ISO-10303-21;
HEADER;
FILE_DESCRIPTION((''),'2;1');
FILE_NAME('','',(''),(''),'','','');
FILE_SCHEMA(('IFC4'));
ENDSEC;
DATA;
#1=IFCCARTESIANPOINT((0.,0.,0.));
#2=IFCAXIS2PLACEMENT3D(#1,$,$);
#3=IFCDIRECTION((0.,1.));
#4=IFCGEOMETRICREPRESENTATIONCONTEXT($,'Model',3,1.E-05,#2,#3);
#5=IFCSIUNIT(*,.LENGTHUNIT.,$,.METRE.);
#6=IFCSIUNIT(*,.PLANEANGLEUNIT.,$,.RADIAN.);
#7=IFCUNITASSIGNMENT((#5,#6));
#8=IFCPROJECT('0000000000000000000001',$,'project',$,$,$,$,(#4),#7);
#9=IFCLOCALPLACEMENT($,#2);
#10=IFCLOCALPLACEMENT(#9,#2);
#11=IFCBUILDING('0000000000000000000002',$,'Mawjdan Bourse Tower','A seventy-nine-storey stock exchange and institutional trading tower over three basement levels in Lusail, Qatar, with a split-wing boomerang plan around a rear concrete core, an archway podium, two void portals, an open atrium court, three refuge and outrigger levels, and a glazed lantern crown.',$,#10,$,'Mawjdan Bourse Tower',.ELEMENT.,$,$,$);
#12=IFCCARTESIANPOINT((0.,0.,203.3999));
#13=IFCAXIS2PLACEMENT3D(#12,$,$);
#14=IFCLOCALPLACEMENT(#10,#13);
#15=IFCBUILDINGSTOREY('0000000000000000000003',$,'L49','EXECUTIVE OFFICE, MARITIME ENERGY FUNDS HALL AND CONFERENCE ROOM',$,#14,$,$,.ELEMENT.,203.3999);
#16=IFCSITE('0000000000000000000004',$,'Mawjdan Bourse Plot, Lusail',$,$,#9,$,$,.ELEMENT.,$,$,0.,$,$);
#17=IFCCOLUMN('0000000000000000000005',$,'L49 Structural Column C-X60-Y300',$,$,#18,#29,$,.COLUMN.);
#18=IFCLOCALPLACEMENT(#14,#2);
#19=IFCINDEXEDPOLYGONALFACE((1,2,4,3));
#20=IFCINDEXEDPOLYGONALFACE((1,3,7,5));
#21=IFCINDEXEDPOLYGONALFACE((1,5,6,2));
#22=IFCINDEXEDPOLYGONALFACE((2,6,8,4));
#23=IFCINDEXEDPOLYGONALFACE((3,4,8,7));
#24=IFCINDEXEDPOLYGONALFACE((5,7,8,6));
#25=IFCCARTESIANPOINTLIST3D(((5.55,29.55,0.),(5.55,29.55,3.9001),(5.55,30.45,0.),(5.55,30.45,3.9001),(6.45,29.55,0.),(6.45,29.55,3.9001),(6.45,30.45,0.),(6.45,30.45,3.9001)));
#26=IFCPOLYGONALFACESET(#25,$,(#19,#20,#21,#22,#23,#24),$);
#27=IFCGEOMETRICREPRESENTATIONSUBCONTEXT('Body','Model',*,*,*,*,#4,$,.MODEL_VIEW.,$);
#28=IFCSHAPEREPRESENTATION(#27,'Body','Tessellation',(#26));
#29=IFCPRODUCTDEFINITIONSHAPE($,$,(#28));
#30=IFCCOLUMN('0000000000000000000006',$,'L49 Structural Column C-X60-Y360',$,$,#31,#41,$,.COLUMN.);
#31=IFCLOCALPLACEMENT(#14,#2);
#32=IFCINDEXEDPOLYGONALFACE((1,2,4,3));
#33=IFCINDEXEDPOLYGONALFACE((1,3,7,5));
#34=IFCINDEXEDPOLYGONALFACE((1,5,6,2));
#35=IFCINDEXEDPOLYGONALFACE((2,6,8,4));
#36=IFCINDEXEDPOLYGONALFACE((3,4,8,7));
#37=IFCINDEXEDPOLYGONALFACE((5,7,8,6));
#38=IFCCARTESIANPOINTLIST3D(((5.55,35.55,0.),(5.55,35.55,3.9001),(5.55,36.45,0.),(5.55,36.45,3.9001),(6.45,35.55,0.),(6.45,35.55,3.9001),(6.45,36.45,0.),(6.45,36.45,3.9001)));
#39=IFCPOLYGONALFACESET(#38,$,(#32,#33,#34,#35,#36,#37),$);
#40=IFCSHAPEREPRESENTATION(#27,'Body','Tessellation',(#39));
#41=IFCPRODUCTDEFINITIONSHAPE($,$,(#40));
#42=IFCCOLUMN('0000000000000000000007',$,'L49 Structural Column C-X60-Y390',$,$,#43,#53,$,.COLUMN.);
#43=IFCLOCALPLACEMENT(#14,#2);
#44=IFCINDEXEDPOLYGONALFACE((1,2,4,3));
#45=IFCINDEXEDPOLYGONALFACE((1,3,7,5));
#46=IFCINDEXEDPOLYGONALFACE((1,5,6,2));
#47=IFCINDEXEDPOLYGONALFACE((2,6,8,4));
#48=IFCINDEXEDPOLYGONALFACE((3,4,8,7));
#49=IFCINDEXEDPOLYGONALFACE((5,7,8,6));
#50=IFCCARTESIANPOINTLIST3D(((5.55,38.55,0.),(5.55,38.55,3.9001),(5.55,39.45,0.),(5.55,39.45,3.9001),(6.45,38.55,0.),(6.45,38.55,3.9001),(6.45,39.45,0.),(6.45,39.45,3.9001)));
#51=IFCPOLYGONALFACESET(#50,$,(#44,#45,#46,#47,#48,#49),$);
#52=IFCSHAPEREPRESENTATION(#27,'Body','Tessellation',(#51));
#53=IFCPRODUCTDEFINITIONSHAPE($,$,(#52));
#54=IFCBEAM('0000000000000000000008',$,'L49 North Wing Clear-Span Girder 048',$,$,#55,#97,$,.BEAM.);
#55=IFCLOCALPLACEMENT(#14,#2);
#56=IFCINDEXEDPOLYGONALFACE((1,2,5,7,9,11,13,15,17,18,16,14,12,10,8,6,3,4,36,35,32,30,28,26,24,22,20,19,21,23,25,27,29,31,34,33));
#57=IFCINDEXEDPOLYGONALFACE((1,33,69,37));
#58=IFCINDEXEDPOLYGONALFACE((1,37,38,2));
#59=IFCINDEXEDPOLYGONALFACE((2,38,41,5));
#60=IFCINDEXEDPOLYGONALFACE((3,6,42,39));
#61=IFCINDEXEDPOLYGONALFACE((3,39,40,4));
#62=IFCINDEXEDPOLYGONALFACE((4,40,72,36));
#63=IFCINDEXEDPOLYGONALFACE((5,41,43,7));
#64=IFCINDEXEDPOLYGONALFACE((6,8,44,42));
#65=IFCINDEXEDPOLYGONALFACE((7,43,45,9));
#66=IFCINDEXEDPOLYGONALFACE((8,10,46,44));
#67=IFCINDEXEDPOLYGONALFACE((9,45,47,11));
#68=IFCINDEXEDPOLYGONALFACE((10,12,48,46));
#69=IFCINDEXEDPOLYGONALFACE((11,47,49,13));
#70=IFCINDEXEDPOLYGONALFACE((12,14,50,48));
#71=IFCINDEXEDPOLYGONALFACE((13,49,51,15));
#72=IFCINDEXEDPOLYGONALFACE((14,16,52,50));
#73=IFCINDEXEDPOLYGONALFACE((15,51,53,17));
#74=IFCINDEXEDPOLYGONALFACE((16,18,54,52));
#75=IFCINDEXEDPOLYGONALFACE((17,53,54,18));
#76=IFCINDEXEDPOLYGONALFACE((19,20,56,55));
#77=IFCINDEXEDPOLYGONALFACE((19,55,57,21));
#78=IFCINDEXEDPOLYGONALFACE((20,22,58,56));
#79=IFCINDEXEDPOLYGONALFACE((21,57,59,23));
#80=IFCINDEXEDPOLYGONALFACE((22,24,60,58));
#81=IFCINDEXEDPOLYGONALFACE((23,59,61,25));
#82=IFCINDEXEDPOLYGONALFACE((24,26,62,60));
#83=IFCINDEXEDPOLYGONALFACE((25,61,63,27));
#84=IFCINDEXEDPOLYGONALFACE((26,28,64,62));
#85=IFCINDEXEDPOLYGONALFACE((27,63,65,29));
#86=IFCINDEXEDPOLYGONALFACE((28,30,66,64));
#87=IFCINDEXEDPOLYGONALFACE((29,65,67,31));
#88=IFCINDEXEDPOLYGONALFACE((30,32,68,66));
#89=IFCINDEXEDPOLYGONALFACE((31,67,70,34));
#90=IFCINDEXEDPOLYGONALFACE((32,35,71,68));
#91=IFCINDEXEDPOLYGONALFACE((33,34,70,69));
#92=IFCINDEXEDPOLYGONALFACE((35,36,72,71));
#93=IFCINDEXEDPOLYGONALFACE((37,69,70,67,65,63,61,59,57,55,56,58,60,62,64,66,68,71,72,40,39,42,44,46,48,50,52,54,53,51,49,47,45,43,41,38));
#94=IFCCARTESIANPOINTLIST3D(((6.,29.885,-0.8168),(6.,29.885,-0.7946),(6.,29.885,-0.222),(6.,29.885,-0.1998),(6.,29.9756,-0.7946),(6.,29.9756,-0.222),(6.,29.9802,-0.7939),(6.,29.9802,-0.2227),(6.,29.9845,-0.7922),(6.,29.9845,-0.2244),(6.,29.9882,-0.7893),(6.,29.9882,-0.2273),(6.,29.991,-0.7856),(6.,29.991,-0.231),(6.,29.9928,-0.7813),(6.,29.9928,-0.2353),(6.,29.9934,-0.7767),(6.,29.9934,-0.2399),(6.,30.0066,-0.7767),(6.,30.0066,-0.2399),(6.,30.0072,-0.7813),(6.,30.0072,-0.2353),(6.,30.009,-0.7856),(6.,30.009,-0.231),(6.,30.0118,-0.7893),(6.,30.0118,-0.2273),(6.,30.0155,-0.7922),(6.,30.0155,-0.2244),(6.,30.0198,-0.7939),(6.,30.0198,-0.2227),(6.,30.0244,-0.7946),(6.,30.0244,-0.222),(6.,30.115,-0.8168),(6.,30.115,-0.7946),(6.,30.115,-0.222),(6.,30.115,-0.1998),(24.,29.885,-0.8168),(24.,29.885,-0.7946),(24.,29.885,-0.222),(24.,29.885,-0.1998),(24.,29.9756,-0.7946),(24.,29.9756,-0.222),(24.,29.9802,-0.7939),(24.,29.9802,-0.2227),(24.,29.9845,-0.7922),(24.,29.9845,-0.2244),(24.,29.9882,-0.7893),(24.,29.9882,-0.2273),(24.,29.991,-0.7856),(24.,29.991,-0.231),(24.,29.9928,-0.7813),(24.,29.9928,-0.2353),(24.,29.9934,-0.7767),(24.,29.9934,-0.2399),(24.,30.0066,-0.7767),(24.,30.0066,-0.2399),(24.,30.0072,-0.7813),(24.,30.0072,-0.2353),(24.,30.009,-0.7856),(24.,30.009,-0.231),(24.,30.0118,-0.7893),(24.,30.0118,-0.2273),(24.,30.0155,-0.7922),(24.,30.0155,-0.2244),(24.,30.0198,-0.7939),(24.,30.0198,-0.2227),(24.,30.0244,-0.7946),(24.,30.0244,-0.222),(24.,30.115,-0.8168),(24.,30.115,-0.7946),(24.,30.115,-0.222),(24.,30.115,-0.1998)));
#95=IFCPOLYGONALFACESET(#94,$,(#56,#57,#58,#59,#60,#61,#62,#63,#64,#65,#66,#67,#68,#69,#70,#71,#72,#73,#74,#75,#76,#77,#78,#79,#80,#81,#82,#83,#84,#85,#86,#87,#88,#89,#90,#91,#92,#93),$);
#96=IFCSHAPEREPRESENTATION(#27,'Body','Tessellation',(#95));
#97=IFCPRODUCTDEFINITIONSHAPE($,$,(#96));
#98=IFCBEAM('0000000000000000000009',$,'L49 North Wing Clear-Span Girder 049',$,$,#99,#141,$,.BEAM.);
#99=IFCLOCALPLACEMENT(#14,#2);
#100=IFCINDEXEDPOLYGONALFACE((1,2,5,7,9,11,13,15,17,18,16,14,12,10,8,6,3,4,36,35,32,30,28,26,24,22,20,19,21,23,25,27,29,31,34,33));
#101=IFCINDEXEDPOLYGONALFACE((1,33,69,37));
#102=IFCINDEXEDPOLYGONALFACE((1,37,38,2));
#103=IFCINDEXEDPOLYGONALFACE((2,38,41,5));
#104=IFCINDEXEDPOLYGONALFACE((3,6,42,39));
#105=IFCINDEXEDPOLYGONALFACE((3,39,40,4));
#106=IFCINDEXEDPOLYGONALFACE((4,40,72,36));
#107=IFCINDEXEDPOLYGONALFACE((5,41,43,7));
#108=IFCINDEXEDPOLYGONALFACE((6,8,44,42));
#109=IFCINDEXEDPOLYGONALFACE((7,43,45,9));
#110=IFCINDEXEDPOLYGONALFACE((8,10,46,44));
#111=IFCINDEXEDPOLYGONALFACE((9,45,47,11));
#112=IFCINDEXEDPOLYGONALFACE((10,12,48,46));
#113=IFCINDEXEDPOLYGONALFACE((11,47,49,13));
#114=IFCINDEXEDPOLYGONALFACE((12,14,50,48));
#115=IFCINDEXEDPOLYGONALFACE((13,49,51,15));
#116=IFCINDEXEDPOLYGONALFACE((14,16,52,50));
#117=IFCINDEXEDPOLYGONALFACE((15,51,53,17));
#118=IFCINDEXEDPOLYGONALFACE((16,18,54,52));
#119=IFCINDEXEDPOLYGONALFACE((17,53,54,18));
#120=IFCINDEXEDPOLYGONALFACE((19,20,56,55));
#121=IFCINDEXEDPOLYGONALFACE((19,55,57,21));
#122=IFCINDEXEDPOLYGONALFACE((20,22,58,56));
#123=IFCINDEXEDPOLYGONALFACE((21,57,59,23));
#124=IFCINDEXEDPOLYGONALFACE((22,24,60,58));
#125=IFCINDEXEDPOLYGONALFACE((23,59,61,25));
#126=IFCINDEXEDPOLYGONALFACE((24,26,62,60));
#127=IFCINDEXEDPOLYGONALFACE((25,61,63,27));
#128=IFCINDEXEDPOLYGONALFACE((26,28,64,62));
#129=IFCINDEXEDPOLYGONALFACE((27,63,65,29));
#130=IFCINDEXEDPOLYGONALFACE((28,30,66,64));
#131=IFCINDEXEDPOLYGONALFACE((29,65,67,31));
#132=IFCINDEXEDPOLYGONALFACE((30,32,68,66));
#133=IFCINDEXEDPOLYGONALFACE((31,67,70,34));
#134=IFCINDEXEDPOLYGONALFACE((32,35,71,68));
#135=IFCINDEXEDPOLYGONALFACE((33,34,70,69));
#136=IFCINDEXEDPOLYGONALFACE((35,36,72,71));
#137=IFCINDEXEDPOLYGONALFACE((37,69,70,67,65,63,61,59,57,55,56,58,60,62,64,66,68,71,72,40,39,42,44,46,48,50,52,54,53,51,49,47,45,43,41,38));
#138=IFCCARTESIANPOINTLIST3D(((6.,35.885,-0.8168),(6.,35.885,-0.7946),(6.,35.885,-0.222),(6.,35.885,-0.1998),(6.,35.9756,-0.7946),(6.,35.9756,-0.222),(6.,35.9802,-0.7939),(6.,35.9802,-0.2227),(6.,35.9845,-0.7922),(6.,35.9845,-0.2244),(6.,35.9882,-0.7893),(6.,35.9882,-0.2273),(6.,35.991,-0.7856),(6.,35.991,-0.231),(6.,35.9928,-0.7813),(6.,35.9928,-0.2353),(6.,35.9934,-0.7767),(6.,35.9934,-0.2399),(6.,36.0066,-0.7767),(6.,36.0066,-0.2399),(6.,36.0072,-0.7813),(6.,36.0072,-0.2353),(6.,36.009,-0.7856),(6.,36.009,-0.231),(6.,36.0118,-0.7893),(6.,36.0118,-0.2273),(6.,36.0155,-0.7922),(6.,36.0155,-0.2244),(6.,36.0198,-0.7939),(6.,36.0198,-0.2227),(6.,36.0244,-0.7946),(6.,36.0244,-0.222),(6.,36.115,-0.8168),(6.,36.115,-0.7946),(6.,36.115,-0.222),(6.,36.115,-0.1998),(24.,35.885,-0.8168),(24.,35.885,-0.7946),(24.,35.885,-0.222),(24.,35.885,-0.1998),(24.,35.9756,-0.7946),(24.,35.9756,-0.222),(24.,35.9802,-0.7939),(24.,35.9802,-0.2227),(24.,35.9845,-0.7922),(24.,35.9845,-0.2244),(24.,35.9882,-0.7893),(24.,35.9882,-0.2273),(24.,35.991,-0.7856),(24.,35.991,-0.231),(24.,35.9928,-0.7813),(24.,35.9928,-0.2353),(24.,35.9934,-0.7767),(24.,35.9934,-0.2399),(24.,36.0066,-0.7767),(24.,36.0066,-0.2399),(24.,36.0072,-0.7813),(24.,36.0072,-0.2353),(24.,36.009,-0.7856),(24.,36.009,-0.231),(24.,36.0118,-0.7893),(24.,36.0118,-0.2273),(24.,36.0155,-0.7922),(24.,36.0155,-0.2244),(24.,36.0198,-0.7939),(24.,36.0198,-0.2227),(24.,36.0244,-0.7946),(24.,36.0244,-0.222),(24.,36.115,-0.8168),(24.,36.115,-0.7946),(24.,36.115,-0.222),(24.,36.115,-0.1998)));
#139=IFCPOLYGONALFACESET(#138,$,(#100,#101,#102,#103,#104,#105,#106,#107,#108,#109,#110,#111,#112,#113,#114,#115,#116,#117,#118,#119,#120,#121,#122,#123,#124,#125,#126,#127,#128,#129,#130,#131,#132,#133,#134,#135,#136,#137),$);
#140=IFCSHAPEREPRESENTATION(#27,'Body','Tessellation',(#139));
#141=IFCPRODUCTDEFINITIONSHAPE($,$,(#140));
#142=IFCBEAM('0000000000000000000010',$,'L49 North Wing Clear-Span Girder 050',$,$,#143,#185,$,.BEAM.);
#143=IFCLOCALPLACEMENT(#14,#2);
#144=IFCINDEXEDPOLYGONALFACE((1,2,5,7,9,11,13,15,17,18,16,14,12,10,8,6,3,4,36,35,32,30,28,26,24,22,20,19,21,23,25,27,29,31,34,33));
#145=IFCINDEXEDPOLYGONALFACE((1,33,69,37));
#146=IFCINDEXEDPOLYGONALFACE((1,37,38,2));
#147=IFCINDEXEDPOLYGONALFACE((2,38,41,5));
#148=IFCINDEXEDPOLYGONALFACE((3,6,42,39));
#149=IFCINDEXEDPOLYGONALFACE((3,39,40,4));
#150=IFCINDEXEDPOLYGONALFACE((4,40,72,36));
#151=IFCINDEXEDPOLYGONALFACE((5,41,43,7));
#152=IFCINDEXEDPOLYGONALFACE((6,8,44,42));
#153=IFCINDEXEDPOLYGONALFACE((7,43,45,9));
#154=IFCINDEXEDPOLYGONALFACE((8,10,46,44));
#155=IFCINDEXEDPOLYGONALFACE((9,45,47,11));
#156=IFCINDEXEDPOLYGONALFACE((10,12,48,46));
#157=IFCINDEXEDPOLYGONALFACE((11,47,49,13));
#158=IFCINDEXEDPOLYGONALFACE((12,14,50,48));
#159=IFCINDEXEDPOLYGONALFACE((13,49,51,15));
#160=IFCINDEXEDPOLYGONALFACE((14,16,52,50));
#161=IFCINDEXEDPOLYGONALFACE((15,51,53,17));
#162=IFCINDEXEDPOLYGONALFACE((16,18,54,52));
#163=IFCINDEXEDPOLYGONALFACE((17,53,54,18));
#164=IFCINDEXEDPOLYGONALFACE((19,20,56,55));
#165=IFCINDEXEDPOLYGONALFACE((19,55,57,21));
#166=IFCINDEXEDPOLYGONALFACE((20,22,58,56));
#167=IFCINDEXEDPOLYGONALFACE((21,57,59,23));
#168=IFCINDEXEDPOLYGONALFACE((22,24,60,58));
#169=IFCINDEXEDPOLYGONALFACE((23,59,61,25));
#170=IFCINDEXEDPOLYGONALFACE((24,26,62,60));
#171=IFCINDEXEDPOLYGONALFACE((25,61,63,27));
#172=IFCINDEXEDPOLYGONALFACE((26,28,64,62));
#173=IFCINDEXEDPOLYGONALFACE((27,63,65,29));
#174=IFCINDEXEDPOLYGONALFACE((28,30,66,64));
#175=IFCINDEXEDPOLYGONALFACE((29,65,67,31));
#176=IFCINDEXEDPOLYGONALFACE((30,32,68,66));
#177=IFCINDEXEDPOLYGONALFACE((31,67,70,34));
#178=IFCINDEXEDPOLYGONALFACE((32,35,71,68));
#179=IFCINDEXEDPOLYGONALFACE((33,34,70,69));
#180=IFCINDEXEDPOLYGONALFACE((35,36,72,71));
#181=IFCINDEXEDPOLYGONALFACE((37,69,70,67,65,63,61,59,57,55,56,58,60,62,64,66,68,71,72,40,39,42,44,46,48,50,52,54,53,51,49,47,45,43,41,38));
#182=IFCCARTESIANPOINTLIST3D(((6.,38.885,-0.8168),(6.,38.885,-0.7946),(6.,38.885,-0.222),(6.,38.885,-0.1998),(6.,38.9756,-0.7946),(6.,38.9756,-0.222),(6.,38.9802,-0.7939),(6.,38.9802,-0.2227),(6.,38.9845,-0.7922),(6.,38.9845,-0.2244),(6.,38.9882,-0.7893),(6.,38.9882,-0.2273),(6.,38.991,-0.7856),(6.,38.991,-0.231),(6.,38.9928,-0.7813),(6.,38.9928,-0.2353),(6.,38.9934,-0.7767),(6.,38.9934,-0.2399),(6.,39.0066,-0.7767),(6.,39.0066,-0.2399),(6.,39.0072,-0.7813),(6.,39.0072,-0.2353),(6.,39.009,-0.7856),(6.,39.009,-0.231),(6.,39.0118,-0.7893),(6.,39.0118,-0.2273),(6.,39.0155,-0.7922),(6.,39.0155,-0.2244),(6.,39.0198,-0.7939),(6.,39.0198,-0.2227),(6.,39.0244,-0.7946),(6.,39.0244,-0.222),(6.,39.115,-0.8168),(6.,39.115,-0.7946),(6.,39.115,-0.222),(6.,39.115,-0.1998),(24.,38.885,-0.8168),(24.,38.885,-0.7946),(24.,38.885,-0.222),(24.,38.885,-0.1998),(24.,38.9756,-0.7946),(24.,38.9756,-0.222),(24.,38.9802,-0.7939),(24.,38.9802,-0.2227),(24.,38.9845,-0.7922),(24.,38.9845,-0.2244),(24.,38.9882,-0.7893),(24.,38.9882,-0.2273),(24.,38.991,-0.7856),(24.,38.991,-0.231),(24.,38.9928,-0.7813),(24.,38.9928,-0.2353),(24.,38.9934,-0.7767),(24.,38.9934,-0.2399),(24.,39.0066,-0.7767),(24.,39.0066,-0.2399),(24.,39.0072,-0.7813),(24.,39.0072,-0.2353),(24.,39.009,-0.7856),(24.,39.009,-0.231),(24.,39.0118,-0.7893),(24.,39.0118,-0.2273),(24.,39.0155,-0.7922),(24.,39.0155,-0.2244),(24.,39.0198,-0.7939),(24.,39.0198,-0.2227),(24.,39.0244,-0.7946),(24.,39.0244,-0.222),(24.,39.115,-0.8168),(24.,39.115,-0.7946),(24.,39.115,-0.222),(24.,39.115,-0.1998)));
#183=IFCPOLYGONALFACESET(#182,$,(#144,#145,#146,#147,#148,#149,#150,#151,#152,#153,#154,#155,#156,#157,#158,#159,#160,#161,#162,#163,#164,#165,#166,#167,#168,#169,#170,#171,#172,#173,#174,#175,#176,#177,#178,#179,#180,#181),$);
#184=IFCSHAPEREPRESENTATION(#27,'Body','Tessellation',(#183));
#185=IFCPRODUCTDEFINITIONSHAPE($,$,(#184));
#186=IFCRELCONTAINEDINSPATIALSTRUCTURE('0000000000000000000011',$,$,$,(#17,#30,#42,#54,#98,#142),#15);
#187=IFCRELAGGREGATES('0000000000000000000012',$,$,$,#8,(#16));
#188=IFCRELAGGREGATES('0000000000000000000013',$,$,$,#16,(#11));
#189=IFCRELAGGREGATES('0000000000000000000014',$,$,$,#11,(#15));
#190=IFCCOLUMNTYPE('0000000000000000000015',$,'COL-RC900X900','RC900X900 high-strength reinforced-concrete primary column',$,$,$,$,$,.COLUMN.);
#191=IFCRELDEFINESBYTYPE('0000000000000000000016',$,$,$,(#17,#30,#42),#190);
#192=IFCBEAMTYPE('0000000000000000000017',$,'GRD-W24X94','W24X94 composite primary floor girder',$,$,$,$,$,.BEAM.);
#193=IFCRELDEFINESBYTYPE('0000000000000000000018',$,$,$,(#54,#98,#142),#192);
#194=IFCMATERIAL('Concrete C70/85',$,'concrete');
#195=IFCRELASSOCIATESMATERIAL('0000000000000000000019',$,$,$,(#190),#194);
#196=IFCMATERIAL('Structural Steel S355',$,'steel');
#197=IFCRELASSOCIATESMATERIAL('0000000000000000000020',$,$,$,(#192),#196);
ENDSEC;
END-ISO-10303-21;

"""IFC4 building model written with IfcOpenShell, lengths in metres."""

from ifc_helpers import new_model, si_unit, direction, frame, origin, origin_2d, place, context, subcontext, project, spatial, rectangle, i_section, extrude, material, material_profile, profile_set, type_object, element, save


model = new_model("IFC4")

# Units and contexts
model_context = context("Model", 3, precision=1e-05, world=origin(), true_north=direction((0.0, 1.0)))
body_context = subcontext(model_context, "Body", "Model", "MODEL_VIEW")
ifc_project = project(units=[si_unit("LENGTHUNIT", "METRE"), si_unit("PLANEANGLEUNIT", "RADIAN")], contexts=[model_context])

# Site, building, storey
site_placement = place(None, origin())
site = spatial("IfcSite", under=ifc_project, at=site_placement, Name="Mawjdan Bourse Plot, Lusail", CompositionType="ELEMENT", RefElevation=0.0)
building_placement = place(site_placement, origin())
building = spatial("IfcBuilding", under=site, at=building_placement, Name="Mawjdan Bourse Tower", Description="A seventy-nine-storey stock exchange and institutional trading tower over three basement levels in Lusail, Qatar, with a split-wing boomerang plan around a rear concrete core, an archway podium, two void portals, an open atrium court, three refuge and outrigger levels, and a glazed lantern crown.", LongName="Mawjdan Bourse Tower", CompositionType="ELEMENT")
storey_placement = place(building_placement, frame((0.0, 0.0, 203.3999)))
storey = spatial("IfcBuildingStorey", under=building, at=storey_placement, Name="L49", Description="EXECUTIVE OFFICE, MARITIME ENERGY FUNDS HALL AND CONFERENCE ROOM", CompositionType="ELEMENT", Elevation=203.3999)

# Columns
ifc_material_1 = material(Name="Concrete C70/85", Category="concrete")
ifc_material_profile_1 = material_profile(ifc_material_1, rectangle(XDim=0.8999, YDim=0.8999, at=origin_2d()), Name="RC900X900")
ifc_profile_set_1 = profile_set([ifc_material_profile_1], Name="Concrete C70/85")
column_type = type_object("IfcColumnType", Name="COL-RC900X900", Description="RC900X900 high-strength reinforced-concrete primary column", PredefinedType="COLUMN", material=ifc_profile_set_1)
for number, where, z_axis, x_axis, name in (
    (1, (6.0, 30.0, 0.0), (0.0, 0.0, 1.0), (1.0, 0.0, 0.0), "L49 Structural Column C-X60-Y300"),
    (2, (6.0, 36.0, 0.0), (0.0, 0.0, 1.0), (1.0, 0.0, 0.0), "L49 Structural Column C-X60-Y360"),
    (3, (6.0, 39.0, 0.0), (0.0, 0.0, 1.0), (1.0, 0.0, 0.0), "L49 Structural Column C-X60-Y390"),
):
    element("IfcColumn", number, at=place(storey_placement, frame(where, z_axis=z_axis, x_axis=x_axis)), inside=storey, type_object=column_type, Name=name, PredefinedType="COLUMN", context=body_context, shape_type="SweptSolid", body=[
        extrude(rectangle(XDim=0.8999, YDim=0.8999, at=origin_2d()), origin(), (0.0, 0.0, 1.0), 3.9001),
    ])

# Beams
ifc_material_2 = material(Name="Structural Steel S355", Category="steel")
ifc_material_profile_2 = material_profile(ifc_material_2, i_section(OverallWidth=0.23, OverallDepth=0.6169, WebThickness=0.0132, FlangeThickness=0.0222, FilletRadius=0.0178, at=origin_2d()), Name="W24X94")
ifc_profile_set_2 = profile_set([ifc_material_profile_2], Name="Structural Steel S355")
beam_type_1 = type_object("IfcBeamType", Name="GRD-W24X94", Description="W24X94 composite primary floor girder", PredefinedType="BEAM", material=ifc_profile_set_2)
for number, where, z_axis, x_axis, name in (
    (4, (6.0, 30.0, -0.5083), (1.0, 0.0, 0.0), (0.0, 1.0, 0.0), "L49 North Wing Clear-Span Girder 048"),
    (5, (6.0, 36.0, -0.5083), (1.0, 0.0, 0.0), (0.0, 1.0, 0.0), "L49 North Wing Clear-Span Girder 049"),
    (6, (6.0, 39.0, -0.5083), (1.0, 0.0, 0.0), (0.0, 1.0, 0.0), "L49 North Wing Clear-Span Girder 050"),
):
    element("IfcBeam", number, at=place(storey_placement, frame(where, z_axis=z_axis, x_axis=x_axis)), inside=storey, type_object=beam_type_1, Name=name, PredefinedType="BEAM", context=body_context, shape_type="SweptSolid", body=[
        extrude(i_section(OverallWidth=0.23, OverallDepth=0.6169, WebThickness=0.0132, FlangeThickness=0.0222, FilletRadius=0.0178, at=origin_2d()), origin(), (0.0, 0.0, 1.0), 18.0),
    ])

save(model, "model.ifc")
